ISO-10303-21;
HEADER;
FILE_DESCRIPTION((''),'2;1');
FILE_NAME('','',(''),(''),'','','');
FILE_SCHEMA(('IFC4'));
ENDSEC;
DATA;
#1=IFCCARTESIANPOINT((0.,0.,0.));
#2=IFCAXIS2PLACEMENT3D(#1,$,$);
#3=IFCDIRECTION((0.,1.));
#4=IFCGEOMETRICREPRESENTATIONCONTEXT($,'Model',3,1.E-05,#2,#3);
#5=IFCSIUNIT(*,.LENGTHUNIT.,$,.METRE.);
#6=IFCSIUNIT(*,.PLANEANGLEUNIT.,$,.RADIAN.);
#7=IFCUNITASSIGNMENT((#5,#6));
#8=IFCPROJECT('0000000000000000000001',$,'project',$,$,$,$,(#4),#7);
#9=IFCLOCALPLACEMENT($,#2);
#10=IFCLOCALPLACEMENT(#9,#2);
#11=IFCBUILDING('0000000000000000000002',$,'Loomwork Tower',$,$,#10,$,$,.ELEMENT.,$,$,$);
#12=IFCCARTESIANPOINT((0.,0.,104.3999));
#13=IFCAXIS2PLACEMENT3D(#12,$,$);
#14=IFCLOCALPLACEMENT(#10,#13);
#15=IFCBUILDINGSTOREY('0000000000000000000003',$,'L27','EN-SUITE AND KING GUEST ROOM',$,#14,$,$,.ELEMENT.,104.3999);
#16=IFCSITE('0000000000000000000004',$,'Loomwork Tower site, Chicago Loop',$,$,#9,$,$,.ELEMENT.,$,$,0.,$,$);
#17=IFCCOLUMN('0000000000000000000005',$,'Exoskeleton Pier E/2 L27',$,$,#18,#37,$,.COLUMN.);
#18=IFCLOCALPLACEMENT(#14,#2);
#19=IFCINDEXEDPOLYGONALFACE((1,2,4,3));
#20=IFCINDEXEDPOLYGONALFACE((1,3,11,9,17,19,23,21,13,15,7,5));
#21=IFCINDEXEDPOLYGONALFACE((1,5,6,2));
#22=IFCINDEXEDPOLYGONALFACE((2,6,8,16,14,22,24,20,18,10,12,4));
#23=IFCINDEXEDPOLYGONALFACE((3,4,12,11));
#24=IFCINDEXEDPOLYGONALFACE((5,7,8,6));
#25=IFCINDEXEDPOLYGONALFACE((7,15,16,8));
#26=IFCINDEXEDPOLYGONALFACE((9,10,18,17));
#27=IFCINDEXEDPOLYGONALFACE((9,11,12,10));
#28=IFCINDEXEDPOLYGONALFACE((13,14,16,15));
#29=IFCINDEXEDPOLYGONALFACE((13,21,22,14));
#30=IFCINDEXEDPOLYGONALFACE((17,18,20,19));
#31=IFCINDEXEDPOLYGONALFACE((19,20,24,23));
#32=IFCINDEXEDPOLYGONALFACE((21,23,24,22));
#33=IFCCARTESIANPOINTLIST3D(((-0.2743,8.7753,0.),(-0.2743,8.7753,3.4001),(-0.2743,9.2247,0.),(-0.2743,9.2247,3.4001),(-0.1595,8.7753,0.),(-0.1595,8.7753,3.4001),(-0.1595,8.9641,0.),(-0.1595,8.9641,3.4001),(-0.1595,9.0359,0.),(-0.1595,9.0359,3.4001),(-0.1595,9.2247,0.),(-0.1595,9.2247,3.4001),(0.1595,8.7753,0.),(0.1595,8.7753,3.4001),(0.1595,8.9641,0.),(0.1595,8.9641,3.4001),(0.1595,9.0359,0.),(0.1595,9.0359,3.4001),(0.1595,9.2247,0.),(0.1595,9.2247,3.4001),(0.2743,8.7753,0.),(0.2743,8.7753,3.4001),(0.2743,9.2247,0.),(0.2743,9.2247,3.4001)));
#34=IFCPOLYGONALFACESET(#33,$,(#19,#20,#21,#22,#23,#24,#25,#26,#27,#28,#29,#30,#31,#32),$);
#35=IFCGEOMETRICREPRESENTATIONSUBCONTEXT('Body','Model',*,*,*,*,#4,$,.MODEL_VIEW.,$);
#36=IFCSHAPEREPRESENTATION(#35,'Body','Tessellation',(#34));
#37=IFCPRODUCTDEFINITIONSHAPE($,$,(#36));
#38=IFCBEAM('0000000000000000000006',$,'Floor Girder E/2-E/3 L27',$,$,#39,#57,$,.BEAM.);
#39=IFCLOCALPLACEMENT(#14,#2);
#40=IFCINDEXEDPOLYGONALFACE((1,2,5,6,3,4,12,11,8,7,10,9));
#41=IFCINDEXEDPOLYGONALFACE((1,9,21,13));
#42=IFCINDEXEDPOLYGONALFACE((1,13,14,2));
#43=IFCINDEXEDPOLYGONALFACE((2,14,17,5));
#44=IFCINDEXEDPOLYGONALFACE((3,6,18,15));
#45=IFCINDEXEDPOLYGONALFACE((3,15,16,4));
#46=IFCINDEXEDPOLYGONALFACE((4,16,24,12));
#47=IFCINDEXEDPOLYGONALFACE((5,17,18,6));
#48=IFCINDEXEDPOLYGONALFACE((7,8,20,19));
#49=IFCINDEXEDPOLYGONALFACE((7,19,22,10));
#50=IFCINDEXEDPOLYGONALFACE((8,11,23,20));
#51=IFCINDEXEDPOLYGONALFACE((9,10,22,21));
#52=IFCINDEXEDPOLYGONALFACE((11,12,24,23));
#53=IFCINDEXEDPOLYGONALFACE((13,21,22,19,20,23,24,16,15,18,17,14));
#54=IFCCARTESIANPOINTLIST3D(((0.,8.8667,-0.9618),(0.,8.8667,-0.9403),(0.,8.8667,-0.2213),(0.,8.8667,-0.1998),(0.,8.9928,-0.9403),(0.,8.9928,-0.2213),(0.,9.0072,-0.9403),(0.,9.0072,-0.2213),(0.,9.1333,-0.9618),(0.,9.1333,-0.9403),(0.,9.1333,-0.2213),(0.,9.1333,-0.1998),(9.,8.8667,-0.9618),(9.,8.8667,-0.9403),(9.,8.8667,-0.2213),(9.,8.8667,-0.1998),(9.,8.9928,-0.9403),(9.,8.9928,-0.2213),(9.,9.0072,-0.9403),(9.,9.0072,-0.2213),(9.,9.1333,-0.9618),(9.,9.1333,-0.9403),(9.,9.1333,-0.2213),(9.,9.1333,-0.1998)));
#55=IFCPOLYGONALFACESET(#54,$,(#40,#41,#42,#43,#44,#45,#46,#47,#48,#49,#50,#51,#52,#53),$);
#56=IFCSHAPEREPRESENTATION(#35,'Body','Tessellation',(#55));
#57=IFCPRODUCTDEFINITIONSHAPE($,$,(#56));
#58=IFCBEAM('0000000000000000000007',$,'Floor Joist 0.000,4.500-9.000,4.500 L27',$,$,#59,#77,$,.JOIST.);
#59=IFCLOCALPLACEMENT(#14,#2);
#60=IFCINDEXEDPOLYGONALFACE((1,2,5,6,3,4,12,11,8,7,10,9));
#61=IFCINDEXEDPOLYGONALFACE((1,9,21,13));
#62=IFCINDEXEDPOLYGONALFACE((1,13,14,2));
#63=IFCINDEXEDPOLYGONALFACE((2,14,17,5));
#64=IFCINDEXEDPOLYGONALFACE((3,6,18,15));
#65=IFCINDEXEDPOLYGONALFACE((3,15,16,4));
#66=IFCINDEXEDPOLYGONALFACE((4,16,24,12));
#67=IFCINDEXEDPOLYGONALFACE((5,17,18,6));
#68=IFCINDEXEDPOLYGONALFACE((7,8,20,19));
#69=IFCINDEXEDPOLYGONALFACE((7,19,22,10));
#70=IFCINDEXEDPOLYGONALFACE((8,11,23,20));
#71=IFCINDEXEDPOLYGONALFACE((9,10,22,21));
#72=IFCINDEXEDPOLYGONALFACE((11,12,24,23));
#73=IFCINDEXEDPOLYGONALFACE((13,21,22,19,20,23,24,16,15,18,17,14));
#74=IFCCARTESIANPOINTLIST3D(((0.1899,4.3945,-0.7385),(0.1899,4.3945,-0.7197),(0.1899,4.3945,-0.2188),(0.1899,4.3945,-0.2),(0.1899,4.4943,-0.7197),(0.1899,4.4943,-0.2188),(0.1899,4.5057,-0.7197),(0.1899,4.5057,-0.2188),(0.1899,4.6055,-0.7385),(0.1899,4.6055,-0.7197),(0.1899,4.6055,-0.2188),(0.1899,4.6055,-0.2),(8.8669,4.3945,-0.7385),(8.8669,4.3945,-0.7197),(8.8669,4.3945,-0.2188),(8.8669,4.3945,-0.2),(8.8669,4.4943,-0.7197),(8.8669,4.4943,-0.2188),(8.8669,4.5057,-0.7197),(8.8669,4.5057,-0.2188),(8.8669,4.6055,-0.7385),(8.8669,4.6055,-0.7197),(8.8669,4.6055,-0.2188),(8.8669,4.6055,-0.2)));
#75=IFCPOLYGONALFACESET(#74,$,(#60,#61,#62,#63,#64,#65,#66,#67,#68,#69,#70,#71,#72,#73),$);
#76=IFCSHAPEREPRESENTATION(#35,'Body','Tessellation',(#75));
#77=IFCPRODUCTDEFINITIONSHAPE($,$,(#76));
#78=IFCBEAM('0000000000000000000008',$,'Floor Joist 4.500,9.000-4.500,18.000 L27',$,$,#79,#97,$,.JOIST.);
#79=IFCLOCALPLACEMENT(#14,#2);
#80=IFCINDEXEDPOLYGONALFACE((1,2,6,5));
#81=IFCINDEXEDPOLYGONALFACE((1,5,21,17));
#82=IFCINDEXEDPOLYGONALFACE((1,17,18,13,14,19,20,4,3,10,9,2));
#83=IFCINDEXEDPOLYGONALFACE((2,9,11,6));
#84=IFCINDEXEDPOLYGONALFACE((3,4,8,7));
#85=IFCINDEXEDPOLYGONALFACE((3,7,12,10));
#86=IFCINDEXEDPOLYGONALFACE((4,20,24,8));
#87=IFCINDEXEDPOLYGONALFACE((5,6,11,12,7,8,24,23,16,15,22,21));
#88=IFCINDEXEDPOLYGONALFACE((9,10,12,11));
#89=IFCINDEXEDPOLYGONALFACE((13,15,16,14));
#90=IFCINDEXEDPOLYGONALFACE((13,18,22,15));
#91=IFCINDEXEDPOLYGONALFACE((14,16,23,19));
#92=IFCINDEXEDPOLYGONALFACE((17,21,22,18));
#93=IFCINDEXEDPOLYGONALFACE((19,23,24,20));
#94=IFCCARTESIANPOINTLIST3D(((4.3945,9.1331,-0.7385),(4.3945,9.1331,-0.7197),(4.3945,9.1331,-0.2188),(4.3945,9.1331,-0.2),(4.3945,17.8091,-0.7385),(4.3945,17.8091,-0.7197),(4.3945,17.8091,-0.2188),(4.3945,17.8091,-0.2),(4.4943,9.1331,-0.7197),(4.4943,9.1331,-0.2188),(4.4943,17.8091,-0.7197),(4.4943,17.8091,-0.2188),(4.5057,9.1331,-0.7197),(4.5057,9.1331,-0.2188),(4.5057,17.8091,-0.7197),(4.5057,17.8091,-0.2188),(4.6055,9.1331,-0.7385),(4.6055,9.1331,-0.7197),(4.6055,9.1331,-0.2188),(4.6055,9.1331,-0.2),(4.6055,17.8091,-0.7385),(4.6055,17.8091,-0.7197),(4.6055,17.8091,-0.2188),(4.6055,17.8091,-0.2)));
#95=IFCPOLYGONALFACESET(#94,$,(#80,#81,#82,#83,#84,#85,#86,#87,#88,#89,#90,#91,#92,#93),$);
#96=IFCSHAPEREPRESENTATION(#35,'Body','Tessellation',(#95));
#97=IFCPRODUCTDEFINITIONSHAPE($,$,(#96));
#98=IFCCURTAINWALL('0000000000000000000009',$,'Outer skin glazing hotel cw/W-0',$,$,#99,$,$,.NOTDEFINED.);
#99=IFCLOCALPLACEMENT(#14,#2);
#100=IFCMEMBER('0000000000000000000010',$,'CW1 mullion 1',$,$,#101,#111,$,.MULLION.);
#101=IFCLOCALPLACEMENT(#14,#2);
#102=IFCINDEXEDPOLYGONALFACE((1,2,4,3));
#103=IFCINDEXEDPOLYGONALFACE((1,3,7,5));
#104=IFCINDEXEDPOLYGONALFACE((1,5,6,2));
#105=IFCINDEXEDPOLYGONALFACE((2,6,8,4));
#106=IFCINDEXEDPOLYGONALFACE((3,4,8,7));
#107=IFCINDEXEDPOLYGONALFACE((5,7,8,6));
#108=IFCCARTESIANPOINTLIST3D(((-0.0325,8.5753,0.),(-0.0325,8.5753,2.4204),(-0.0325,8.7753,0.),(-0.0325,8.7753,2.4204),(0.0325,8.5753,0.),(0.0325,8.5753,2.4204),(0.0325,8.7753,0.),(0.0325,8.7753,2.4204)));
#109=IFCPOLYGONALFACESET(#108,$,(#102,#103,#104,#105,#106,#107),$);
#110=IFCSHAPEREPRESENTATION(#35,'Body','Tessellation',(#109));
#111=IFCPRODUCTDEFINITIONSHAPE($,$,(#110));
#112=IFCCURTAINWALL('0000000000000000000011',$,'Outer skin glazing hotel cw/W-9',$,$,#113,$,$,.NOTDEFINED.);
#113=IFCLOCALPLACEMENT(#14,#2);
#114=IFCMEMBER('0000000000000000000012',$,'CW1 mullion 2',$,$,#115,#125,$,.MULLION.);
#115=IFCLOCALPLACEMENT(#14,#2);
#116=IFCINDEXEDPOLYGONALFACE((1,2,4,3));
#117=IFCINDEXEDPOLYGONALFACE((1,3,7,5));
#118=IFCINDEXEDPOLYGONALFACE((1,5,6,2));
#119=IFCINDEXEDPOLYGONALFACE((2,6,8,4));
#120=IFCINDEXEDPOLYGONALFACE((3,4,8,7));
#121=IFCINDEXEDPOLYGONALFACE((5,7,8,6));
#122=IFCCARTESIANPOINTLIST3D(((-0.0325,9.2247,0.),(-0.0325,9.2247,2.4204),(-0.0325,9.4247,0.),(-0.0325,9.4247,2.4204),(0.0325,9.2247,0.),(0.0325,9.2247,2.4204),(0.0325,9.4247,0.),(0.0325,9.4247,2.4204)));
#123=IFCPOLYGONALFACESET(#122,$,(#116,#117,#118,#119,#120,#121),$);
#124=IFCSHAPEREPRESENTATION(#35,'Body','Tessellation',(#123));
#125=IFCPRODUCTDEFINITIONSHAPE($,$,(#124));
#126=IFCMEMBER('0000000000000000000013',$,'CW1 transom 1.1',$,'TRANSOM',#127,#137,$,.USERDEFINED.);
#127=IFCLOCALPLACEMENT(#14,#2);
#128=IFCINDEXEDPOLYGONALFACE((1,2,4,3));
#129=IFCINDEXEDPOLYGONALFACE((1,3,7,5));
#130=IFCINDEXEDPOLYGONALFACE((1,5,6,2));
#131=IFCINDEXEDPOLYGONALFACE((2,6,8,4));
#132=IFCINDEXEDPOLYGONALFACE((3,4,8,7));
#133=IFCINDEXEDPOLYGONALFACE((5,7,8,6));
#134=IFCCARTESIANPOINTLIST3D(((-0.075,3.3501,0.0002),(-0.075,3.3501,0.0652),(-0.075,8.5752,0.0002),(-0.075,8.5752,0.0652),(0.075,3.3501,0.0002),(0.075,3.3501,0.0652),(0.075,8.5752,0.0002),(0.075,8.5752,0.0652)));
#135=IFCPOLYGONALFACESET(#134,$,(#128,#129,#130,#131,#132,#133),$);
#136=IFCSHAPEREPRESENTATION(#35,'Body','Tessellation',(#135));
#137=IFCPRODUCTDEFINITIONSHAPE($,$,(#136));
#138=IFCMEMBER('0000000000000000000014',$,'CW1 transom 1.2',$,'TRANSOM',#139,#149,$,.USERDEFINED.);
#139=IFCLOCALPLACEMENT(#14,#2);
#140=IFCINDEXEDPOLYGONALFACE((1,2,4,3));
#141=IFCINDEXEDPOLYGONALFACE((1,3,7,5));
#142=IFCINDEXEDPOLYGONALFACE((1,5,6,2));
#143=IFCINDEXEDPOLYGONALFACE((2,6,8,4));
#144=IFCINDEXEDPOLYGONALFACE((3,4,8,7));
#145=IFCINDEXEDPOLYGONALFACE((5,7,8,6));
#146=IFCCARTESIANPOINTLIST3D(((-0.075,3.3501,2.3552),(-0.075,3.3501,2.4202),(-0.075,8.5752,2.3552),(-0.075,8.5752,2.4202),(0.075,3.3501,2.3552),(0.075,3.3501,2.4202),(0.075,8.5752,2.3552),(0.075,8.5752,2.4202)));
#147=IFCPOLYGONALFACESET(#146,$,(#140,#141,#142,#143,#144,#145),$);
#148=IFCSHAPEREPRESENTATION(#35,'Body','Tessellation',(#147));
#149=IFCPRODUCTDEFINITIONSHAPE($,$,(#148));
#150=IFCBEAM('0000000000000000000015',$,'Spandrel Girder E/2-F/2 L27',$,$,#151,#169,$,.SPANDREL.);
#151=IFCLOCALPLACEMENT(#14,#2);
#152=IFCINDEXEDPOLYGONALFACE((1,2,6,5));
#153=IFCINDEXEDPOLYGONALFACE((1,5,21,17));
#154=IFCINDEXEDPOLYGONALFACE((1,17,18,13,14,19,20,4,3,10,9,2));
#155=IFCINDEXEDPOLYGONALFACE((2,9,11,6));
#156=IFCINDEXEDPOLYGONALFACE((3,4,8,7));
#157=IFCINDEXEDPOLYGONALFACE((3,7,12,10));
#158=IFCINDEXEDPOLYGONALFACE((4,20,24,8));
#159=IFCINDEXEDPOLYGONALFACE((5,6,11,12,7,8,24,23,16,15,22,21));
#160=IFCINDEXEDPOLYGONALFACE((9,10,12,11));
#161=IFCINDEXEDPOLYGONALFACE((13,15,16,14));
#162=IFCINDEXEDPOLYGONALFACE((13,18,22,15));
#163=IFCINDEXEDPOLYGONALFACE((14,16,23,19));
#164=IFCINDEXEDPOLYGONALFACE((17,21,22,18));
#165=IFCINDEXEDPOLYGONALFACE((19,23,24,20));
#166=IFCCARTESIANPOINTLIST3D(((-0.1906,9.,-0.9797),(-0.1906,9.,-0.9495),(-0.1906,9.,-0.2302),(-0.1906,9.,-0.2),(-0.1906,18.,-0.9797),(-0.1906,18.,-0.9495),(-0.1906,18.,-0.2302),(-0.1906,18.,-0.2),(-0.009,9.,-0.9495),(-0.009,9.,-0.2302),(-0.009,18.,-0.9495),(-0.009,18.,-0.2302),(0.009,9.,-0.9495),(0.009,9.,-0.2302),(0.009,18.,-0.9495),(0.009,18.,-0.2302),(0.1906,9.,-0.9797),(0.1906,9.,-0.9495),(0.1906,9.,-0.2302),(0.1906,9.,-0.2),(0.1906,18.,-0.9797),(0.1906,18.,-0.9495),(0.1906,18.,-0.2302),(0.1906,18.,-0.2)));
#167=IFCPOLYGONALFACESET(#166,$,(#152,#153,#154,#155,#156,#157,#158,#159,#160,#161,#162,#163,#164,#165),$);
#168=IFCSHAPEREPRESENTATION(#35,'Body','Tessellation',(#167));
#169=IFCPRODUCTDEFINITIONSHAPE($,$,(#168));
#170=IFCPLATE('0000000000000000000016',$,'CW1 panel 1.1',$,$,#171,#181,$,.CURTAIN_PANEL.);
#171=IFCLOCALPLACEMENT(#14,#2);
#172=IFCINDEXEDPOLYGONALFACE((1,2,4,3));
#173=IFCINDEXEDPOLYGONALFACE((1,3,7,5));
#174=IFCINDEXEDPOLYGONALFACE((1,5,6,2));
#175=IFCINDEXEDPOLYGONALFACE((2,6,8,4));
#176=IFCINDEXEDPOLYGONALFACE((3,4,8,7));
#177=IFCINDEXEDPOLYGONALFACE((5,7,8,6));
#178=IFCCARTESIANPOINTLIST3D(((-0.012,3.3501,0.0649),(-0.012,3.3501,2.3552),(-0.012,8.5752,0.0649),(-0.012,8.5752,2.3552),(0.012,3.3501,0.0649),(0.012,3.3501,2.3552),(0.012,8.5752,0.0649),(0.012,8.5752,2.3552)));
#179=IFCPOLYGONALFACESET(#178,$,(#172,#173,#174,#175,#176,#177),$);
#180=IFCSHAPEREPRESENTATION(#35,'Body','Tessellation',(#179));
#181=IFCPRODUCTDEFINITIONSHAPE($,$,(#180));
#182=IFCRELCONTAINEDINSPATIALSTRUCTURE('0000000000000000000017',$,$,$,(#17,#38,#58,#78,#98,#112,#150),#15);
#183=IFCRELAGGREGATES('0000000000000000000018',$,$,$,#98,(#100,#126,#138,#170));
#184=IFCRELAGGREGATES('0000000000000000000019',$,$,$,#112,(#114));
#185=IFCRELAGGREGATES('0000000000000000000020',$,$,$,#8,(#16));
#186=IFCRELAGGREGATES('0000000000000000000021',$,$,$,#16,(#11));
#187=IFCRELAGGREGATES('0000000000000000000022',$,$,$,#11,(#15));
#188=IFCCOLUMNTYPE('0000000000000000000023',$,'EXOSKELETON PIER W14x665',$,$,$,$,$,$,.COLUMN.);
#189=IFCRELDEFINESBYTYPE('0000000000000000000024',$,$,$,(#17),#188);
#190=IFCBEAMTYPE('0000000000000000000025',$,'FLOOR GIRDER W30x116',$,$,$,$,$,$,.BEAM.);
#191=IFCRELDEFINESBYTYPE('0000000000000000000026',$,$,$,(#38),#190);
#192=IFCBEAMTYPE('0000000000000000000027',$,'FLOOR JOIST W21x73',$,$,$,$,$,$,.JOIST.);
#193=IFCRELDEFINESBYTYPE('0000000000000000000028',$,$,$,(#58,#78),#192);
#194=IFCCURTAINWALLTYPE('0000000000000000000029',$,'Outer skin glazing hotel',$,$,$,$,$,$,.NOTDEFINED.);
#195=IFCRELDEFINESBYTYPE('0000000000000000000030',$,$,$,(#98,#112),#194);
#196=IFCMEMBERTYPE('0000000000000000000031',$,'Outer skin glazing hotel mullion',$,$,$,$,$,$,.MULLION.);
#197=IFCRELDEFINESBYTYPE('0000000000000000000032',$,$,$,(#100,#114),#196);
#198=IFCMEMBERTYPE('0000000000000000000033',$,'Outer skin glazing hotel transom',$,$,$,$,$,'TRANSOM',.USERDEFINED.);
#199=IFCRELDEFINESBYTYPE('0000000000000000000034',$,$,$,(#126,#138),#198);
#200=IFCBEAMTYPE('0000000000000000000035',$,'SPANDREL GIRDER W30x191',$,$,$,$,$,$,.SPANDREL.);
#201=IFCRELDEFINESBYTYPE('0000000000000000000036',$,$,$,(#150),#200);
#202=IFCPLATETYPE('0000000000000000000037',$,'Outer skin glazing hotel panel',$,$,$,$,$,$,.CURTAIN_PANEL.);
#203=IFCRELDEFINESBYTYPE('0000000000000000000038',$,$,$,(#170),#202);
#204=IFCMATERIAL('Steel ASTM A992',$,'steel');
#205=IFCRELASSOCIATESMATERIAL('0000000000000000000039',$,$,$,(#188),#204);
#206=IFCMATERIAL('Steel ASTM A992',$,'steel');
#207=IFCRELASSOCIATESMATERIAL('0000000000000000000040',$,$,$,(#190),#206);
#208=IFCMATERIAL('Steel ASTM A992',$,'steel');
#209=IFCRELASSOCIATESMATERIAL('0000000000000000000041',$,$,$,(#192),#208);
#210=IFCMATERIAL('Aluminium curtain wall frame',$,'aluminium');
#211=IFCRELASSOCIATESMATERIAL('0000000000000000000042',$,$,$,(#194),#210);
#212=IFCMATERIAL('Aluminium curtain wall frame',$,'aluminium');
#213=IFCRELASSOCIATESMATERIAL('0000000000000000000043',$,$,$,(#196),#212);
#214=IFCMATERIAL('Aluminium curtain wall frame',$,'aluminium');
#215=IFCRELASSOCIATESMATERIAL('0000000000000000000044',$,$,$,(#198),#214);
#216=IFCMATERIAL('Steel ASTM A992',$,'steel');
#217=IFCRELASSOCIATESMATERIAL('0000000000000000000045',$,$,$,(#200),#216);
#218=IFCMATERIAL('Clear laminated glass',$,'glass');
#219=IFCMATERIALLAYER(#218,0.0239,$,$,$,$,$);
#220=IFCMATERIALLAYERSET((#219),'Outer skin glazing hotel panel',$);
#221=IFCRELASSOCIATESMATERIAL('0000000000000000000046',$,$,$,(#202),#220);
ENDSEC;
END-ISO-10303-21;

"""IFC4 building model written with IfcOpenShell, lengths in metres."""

from ifc_helpers import new_model, si_unit, direction, frame, origin, origin_2d, place, context, subcontext, project, spatial, rectangle, i_section, extrude, material, layer, layer_set, material_profile, profile_set, type_object, element, aggregate, save


model = new_model("IFC4")

# Units and contexts
model_context = context("Model", 3, precision=1e-05, world=origin(), true_north=direction((0.0, 1.0)))
body_context = subcontext(model_context, "Body", "Model", "MODEL_VIEW")
ifc_project = project(units=[si_unit("LENGTHUNIT", "METRE"), si_unit("PLANEANGLEUNIT", "RADIAN")], contexts=[model_context])

# Site, building, storey
site_placement = place(None, origin())
site = spatial("IfcSite", under=ifc_project, at=site_placement, Name="Loomwork Tower site, Chicago Loop", CompositionType="ELEMENT", RefElevation=0.0)
building_placement = place(site_placement, origin())
building = spatial("IfcBuilding", under=site, at=building_placement, Name="Loomwork Tower", CompositionType="ELEMENT")
storey_placement = place(building_placement, frame((0.0, 0.0, 104.3999)))
storey = spatial("IfcBuildingStorey", under=building, at=storey_placement, Name="L27", Description="EN-SUITE AND KING GUEST ROOM", CompositionType="ELEMENT", Elevation=104.3999)

# Column
ifc_material_1 = material(Name="Steel ASTM A992", Category="steel")
ifc_material_profile_1 = material_profile(ifc_material_1, i_section(OverallWidth=0.4495, OverallDepth=0.5486, WebThickness=0.0718, FlangeThickness=0.1147, at=origin_2d()), Name="W14x665")
ifc_profile_set_1 = profile_set([ifc_material_profile_1], Name="Steel ASTM A992")
column_type = type_object("IfcColumnType", Name="EXOSKELETON PIER W14x665", PredefinedType="COLUMN", material=ifc_profile_set_1)
column_placement = place(storey_placement, frame((0.0, 9.0, 0.0), z_axis=(0.0, 0.0, 1.0), x_axis=(0.0, 1.0, 0.0)))
element("IfcColumn", 1, at=column_placement, inside=storey, type_object=column_type, Name="Exoskeleton Pier E/2 L27", PredefinedType="COLUMN", context=body_context, shape_type="SweptSolid", body=[
    extrude(i_section(OverallWidth=0.4495, OverallDepth=0.5486, WebThickness=0.0718, FlangeThickness=0.1147, at=origin_2d()), origin(), (0.0, 0.0, 1.0), 3.4001),
])

# Beams
ifc_material_2 = material(Name="Steel ASTM A992", Category="steel")
ifc_material_profile_2 = material_profile(ifc_material_2, i_section(OverallWidth=0.2666, OverallDepth=0.762, WebThickness=0.0144, FlangeThickness=0.0215, at=origin_2d()), Name="W30x116")
ifc_profile_set_2 = profile_set([ifc_material_profile_2], Name="Steel ASTM A992")
beam_type_1 = type_object("IfcBeamType", Name="FLOOR GIRDER W30x116", PredefinedType="BEAM", material=ifc_profile_set_2)
beam_1_placement = place(storey_placement, frame((0.0, 9.0, -0.5808), z_axis=(1.0, 0.0, 0.0), x_axis=(0.0, 1.0, 0.0)))
element("IfcBeam", 2, at=beam_1_placement, inside=storey, type_object=beam_type_1, Name="Floor Girder E/2-E/3 L27", PredefinedType="BEAM", context=body_context, shape_type="SweptSolid", body=[
    extrude(i_section(OverallWidth=0.2666, OverallDepth=0.762, WebThickness=0.0144, FlangeThickness=0.0215, at=origin_2d()), origin(), (0.0, 0.0, 1.0), 9.0),
])
ifc_material_3 = material(Name="Steel ASTM A992", Category="steel")
ifc_material_profile_3 = material_profile(ifc_material_3, i_section(OverallWidth=0.2109, OverallDepth=0.5386, WebThickness=0.0115, FlangeThickness=0.0188, at=origin_2d()), Name="W21x73")
ifc_profile_set_3 = profile_set([ifc_material_profile_3], Name="Steel ASTM A992")
beam_type_2 = type_object("IfcBeamType", Name="FLOOR JOIST W21x73", PredefinedType="JOIST", material=ifc_profile_set_3)
beam_2_placement = place(storey_placement, frame((0.1899, 4.5, -0.4692), z_axis=(1.0, 0.0, 0.0), x_axis=(0.0, 1.0, 0.0)))
element("IfcBeam", 3, at=beam_2_placement, inside=storey, type_object=beam_type_2, Name="Floor Joist 0.000,4.500-9.000,4.500 L27", PredefinedType="JOIST", context=body_context, shape_type="SweptSolid", body=[
    extrude(i_section(OverallWidth=0.2109, OverallDepth=0.5386, WebThickness=0.0115, FlangeThickness=0.0188, at=origin_2d()), origin(), (0.0, 0.0, 1.0), 8.677),
])
beam_3_placement = place(storey_placement, frame((4.5, 9.1331, -0.4692), z_axis=(0.0, 1.0, 0.0), x_axis=(-1.0, 0.0, 0.0)))
element("IfcBeam", 4, at=beam_3_placement, inside=storey, type_object=beam_type_2, Name="Floor Joist 4.500,9.000-4.500,18.000 L27", PredefinedType="JOIST", context=body_context, shape_type="SweptSolid", body=[
    extrude(i_section(OverallWidth=0.2109, OverallDepth=0.5386, WebThickness=0.0115, FlangeThickness=0.0188, at=origin_2d()), origin(), (0.0, 0.0, 1.0), 8.676),
])

# Curtain walls, members
ifc_material_4 = material(Name="Aluminium curtain wall frame", Category="aluminium")
curtain_wall_type = type_object("IfcCurtainWallType", Name="Outer skin glazing hotel", PredefinedType="NOTDEFINED", material=ifc_material_4)
curtain_wall_1_placement = place(storey_placement, origin())
curtain_wall_1 = element("IfcCurtainWall", 5, at=curtain_wall_1_placement, inside=storey, type_object=curtain_wall_type, Name="Outer skin glazing hotel cw/W-0", PredefinedType="NOTDEFINED")
ifc_material_5 = material(Name="Aluminium curtain wall frame", Category="aluminium")
ifc_material_profile_4 = material_profile(ifc_material_5, rectangle(XDim=0.0649, YDim=0.2, at=origin_2d()), Name="AL 65x200")
ifc_profile_set_4 = profile_set([ifc_material_profile_4], Name="Aluminium curtain wall frame")
member_type_1 = type_object("IfcMemberType", Name="Outer skin glazing hotel mullion", PredefinedType="MULLION", material=ifc_profile_set_4)
member_1_placement = place(storey_placement, frame((0.0, 8.6753, 0.0), z_axis=(0.0, 0.0, 1.0), x_axis=(1.0, 0.0, 0.0)))
member_1 = element("IfcMember", 6, at=member_1_placement, type_object=member_type_1, Name="CW1 mullion 1", PredefinedType="MULLION", context=body_context, shape_type="SweptSolid", body=[
    extrude(rectangle(XDim=0.0649, YDim=0.2, at=origin_2d()), origin(), (0.0, 0.0, 1.0), 2.4204),
])
curtain_wall_2_placement = place(storey_placement, origin())
curtain_wall_2 = element("IfcCurtainWall", 7, at=curtain_wall_2_placement, inside=storey, type_object=curtain_wall_type, Name="Outer skin glazing hotel cw/W-9", PredefinedType="NOTDEFINED")
member_2_placement = place(storey_placement, frame((0.0, 9.3247, 0.0), z_axis=(0.0, 0.0, 1.0), x_axis=(1.0, 0.0, 0.0)))
member_2 = element("IfcMember", 8, at=member_2_placement, type_object=member_type_1, Name="CW1 mullion 2", PredefinedType="MULLION", context=body_context, shape_type="SweptSolid", body=[
    extrude(rectangle(XDim=0.0649, YDim=0.2, at=origin_2d()), origin(), (0.0, 0.0, 1.0), 2.4204),
])

# Members
ifc_material_6 = material(Name="Aluminium curtain wall frame", Category="aluminium")
ifc_material_profile_5 = material_profile(ifc_material_6, rectangle(XDim=0.1499, YDim=0.0649, at=origin_2d()), Name="AL 65x150")
ifc_profile_set_5 = profile_set([ifc_material_profile_5], Name="Aluminium curtain wall frame")
member_type_2 = type_object("IfcMemberType", Name="Outer skin glazing hotel transom", ElementType="TRANSOM", PredefinedType="USERDEFINED", material=ifc_profile_set_5)
member_3_placement = place(storey_placement, frame((0.0, 8.5752, 0.0327), z_axis=(0.0, -1.0, 0.0), x_axis=(1.0, 0.0, 0.0)))
member_3 = element("IfcMember", 9, at=member_3_placement, type_object=member_type_2, Name="CW1 transom 1.1", ObjectType="TRANSOM", PredefinedType="USERDEFINED", context=body_context, shape_type="SweptSolid", body=[
    extrude(rectangle(XDim=0.1499, YDim=0.0649, at=origin_2d()), origin(), (0.0, 0.0, 1.0), 5.2251),
])
member_4_placement = place(storey_placement, frame((0.0, 8.5752, 2.3877), z_axis=(0.0, -1.0, 0.0), x_axis=(1.0, 0.0, 0.0)))
member_4 = element("IfcMember", 10, at=member_4_placement, type_object=member_type_2, Name="CW1 transom 1.2", ObjectType="TRANSOM", PredefinedType="USERDEFINED", context=body_context, shape_type="SweptSolid", body=[
    extrude(rectangle(XDim=0.1499, YDim=0.0649, at=origin_2d()), origin(), (0.0, 0.0, 1.0), 5.2251),
])

# Beam
ifc_material_7 = material(Name="Steel ASTM A992", Category="steel")
ifc_material_profile_6 = material_profile(ifc_material_7, i_section(OverallWidth=0.3811, OverallDepth=0.7798, WebThickness=0.0181, FlangeThickness=0.0303, at=origin_2d()), Name="W30x191")
ifc_profile_set_6 = profile_set([ifc_material_profile_6], Name="Steel ASTM A992")
beam_type_3 = type_object("IfcBeamType", Name="SPANDREL GIRDER W30x191", PredefinedType="SPANDREL", material=ifc_profile_set_6)
beam_4_placement = place(storey_placement, frame((0.0, 9.0, -0.5898), z_axis=(0.0, 1.0, 0.0), x_axis=(-1.0, 0.0, 0.0)))
element("IfcBeam", 11, at=beam_4_placement, inside=storey, type_object=beam_type_3, Name="Spandrel Girder E/2-F/2 L27", PredefinedType="SPANDREL", context=body_context, shape_type="SweptSolid", body=[
    extrude(i_section(OverallWidth=0.3811, OverallDepth=0.7798, WebThickness=0.0181, FlangeThickness=0.0303, at=origin_2d()), origin(), (0.0, 0.0, 1.0), 9.0),
])

# Plate
ifc_material_8 = material(Name="Clear laminated glass", Category="glass")
ifc_layer_1 = layer(ifc_material_8, 0.0239)
ifc_layer_set_1 = layer_set([ifc_layer_1], Name="Outer skin glazing hotel panel")
plate_type = type_object("IfcPlateType", Name="Outer skin glazing hotel panel", PredefinedType="CURTAIN_PANEL", material=ifc_layer_set_1)
plate_1_placement = place(storey_placement, frame((0.0, 5.9626, 0.0649), z_axis=(0.0, 0.0, 1.0), x_axis=(0.0, -1.0, 0.0)))
plate_1 = element("IfcPlate", 12, at=plate_1_placement, type_object=plate_type, Name="CW1 panel 1.1", PredefinedType="CURTAIN_PANEL", context=body_context, shape_type="SweptSolid", body=[
    extrude(rectangle(XDim=5.2251, YDim=0.0239, at=origin_2d()), origin(), (0.0, 0.0, 1.0), 2.2903),
])
aggregate(curtain_wall_1, [member_1, member_3, member_4, plate_1])
aggregate(curtain_wall_2, [member_2])

save(model, "model.ifc")
